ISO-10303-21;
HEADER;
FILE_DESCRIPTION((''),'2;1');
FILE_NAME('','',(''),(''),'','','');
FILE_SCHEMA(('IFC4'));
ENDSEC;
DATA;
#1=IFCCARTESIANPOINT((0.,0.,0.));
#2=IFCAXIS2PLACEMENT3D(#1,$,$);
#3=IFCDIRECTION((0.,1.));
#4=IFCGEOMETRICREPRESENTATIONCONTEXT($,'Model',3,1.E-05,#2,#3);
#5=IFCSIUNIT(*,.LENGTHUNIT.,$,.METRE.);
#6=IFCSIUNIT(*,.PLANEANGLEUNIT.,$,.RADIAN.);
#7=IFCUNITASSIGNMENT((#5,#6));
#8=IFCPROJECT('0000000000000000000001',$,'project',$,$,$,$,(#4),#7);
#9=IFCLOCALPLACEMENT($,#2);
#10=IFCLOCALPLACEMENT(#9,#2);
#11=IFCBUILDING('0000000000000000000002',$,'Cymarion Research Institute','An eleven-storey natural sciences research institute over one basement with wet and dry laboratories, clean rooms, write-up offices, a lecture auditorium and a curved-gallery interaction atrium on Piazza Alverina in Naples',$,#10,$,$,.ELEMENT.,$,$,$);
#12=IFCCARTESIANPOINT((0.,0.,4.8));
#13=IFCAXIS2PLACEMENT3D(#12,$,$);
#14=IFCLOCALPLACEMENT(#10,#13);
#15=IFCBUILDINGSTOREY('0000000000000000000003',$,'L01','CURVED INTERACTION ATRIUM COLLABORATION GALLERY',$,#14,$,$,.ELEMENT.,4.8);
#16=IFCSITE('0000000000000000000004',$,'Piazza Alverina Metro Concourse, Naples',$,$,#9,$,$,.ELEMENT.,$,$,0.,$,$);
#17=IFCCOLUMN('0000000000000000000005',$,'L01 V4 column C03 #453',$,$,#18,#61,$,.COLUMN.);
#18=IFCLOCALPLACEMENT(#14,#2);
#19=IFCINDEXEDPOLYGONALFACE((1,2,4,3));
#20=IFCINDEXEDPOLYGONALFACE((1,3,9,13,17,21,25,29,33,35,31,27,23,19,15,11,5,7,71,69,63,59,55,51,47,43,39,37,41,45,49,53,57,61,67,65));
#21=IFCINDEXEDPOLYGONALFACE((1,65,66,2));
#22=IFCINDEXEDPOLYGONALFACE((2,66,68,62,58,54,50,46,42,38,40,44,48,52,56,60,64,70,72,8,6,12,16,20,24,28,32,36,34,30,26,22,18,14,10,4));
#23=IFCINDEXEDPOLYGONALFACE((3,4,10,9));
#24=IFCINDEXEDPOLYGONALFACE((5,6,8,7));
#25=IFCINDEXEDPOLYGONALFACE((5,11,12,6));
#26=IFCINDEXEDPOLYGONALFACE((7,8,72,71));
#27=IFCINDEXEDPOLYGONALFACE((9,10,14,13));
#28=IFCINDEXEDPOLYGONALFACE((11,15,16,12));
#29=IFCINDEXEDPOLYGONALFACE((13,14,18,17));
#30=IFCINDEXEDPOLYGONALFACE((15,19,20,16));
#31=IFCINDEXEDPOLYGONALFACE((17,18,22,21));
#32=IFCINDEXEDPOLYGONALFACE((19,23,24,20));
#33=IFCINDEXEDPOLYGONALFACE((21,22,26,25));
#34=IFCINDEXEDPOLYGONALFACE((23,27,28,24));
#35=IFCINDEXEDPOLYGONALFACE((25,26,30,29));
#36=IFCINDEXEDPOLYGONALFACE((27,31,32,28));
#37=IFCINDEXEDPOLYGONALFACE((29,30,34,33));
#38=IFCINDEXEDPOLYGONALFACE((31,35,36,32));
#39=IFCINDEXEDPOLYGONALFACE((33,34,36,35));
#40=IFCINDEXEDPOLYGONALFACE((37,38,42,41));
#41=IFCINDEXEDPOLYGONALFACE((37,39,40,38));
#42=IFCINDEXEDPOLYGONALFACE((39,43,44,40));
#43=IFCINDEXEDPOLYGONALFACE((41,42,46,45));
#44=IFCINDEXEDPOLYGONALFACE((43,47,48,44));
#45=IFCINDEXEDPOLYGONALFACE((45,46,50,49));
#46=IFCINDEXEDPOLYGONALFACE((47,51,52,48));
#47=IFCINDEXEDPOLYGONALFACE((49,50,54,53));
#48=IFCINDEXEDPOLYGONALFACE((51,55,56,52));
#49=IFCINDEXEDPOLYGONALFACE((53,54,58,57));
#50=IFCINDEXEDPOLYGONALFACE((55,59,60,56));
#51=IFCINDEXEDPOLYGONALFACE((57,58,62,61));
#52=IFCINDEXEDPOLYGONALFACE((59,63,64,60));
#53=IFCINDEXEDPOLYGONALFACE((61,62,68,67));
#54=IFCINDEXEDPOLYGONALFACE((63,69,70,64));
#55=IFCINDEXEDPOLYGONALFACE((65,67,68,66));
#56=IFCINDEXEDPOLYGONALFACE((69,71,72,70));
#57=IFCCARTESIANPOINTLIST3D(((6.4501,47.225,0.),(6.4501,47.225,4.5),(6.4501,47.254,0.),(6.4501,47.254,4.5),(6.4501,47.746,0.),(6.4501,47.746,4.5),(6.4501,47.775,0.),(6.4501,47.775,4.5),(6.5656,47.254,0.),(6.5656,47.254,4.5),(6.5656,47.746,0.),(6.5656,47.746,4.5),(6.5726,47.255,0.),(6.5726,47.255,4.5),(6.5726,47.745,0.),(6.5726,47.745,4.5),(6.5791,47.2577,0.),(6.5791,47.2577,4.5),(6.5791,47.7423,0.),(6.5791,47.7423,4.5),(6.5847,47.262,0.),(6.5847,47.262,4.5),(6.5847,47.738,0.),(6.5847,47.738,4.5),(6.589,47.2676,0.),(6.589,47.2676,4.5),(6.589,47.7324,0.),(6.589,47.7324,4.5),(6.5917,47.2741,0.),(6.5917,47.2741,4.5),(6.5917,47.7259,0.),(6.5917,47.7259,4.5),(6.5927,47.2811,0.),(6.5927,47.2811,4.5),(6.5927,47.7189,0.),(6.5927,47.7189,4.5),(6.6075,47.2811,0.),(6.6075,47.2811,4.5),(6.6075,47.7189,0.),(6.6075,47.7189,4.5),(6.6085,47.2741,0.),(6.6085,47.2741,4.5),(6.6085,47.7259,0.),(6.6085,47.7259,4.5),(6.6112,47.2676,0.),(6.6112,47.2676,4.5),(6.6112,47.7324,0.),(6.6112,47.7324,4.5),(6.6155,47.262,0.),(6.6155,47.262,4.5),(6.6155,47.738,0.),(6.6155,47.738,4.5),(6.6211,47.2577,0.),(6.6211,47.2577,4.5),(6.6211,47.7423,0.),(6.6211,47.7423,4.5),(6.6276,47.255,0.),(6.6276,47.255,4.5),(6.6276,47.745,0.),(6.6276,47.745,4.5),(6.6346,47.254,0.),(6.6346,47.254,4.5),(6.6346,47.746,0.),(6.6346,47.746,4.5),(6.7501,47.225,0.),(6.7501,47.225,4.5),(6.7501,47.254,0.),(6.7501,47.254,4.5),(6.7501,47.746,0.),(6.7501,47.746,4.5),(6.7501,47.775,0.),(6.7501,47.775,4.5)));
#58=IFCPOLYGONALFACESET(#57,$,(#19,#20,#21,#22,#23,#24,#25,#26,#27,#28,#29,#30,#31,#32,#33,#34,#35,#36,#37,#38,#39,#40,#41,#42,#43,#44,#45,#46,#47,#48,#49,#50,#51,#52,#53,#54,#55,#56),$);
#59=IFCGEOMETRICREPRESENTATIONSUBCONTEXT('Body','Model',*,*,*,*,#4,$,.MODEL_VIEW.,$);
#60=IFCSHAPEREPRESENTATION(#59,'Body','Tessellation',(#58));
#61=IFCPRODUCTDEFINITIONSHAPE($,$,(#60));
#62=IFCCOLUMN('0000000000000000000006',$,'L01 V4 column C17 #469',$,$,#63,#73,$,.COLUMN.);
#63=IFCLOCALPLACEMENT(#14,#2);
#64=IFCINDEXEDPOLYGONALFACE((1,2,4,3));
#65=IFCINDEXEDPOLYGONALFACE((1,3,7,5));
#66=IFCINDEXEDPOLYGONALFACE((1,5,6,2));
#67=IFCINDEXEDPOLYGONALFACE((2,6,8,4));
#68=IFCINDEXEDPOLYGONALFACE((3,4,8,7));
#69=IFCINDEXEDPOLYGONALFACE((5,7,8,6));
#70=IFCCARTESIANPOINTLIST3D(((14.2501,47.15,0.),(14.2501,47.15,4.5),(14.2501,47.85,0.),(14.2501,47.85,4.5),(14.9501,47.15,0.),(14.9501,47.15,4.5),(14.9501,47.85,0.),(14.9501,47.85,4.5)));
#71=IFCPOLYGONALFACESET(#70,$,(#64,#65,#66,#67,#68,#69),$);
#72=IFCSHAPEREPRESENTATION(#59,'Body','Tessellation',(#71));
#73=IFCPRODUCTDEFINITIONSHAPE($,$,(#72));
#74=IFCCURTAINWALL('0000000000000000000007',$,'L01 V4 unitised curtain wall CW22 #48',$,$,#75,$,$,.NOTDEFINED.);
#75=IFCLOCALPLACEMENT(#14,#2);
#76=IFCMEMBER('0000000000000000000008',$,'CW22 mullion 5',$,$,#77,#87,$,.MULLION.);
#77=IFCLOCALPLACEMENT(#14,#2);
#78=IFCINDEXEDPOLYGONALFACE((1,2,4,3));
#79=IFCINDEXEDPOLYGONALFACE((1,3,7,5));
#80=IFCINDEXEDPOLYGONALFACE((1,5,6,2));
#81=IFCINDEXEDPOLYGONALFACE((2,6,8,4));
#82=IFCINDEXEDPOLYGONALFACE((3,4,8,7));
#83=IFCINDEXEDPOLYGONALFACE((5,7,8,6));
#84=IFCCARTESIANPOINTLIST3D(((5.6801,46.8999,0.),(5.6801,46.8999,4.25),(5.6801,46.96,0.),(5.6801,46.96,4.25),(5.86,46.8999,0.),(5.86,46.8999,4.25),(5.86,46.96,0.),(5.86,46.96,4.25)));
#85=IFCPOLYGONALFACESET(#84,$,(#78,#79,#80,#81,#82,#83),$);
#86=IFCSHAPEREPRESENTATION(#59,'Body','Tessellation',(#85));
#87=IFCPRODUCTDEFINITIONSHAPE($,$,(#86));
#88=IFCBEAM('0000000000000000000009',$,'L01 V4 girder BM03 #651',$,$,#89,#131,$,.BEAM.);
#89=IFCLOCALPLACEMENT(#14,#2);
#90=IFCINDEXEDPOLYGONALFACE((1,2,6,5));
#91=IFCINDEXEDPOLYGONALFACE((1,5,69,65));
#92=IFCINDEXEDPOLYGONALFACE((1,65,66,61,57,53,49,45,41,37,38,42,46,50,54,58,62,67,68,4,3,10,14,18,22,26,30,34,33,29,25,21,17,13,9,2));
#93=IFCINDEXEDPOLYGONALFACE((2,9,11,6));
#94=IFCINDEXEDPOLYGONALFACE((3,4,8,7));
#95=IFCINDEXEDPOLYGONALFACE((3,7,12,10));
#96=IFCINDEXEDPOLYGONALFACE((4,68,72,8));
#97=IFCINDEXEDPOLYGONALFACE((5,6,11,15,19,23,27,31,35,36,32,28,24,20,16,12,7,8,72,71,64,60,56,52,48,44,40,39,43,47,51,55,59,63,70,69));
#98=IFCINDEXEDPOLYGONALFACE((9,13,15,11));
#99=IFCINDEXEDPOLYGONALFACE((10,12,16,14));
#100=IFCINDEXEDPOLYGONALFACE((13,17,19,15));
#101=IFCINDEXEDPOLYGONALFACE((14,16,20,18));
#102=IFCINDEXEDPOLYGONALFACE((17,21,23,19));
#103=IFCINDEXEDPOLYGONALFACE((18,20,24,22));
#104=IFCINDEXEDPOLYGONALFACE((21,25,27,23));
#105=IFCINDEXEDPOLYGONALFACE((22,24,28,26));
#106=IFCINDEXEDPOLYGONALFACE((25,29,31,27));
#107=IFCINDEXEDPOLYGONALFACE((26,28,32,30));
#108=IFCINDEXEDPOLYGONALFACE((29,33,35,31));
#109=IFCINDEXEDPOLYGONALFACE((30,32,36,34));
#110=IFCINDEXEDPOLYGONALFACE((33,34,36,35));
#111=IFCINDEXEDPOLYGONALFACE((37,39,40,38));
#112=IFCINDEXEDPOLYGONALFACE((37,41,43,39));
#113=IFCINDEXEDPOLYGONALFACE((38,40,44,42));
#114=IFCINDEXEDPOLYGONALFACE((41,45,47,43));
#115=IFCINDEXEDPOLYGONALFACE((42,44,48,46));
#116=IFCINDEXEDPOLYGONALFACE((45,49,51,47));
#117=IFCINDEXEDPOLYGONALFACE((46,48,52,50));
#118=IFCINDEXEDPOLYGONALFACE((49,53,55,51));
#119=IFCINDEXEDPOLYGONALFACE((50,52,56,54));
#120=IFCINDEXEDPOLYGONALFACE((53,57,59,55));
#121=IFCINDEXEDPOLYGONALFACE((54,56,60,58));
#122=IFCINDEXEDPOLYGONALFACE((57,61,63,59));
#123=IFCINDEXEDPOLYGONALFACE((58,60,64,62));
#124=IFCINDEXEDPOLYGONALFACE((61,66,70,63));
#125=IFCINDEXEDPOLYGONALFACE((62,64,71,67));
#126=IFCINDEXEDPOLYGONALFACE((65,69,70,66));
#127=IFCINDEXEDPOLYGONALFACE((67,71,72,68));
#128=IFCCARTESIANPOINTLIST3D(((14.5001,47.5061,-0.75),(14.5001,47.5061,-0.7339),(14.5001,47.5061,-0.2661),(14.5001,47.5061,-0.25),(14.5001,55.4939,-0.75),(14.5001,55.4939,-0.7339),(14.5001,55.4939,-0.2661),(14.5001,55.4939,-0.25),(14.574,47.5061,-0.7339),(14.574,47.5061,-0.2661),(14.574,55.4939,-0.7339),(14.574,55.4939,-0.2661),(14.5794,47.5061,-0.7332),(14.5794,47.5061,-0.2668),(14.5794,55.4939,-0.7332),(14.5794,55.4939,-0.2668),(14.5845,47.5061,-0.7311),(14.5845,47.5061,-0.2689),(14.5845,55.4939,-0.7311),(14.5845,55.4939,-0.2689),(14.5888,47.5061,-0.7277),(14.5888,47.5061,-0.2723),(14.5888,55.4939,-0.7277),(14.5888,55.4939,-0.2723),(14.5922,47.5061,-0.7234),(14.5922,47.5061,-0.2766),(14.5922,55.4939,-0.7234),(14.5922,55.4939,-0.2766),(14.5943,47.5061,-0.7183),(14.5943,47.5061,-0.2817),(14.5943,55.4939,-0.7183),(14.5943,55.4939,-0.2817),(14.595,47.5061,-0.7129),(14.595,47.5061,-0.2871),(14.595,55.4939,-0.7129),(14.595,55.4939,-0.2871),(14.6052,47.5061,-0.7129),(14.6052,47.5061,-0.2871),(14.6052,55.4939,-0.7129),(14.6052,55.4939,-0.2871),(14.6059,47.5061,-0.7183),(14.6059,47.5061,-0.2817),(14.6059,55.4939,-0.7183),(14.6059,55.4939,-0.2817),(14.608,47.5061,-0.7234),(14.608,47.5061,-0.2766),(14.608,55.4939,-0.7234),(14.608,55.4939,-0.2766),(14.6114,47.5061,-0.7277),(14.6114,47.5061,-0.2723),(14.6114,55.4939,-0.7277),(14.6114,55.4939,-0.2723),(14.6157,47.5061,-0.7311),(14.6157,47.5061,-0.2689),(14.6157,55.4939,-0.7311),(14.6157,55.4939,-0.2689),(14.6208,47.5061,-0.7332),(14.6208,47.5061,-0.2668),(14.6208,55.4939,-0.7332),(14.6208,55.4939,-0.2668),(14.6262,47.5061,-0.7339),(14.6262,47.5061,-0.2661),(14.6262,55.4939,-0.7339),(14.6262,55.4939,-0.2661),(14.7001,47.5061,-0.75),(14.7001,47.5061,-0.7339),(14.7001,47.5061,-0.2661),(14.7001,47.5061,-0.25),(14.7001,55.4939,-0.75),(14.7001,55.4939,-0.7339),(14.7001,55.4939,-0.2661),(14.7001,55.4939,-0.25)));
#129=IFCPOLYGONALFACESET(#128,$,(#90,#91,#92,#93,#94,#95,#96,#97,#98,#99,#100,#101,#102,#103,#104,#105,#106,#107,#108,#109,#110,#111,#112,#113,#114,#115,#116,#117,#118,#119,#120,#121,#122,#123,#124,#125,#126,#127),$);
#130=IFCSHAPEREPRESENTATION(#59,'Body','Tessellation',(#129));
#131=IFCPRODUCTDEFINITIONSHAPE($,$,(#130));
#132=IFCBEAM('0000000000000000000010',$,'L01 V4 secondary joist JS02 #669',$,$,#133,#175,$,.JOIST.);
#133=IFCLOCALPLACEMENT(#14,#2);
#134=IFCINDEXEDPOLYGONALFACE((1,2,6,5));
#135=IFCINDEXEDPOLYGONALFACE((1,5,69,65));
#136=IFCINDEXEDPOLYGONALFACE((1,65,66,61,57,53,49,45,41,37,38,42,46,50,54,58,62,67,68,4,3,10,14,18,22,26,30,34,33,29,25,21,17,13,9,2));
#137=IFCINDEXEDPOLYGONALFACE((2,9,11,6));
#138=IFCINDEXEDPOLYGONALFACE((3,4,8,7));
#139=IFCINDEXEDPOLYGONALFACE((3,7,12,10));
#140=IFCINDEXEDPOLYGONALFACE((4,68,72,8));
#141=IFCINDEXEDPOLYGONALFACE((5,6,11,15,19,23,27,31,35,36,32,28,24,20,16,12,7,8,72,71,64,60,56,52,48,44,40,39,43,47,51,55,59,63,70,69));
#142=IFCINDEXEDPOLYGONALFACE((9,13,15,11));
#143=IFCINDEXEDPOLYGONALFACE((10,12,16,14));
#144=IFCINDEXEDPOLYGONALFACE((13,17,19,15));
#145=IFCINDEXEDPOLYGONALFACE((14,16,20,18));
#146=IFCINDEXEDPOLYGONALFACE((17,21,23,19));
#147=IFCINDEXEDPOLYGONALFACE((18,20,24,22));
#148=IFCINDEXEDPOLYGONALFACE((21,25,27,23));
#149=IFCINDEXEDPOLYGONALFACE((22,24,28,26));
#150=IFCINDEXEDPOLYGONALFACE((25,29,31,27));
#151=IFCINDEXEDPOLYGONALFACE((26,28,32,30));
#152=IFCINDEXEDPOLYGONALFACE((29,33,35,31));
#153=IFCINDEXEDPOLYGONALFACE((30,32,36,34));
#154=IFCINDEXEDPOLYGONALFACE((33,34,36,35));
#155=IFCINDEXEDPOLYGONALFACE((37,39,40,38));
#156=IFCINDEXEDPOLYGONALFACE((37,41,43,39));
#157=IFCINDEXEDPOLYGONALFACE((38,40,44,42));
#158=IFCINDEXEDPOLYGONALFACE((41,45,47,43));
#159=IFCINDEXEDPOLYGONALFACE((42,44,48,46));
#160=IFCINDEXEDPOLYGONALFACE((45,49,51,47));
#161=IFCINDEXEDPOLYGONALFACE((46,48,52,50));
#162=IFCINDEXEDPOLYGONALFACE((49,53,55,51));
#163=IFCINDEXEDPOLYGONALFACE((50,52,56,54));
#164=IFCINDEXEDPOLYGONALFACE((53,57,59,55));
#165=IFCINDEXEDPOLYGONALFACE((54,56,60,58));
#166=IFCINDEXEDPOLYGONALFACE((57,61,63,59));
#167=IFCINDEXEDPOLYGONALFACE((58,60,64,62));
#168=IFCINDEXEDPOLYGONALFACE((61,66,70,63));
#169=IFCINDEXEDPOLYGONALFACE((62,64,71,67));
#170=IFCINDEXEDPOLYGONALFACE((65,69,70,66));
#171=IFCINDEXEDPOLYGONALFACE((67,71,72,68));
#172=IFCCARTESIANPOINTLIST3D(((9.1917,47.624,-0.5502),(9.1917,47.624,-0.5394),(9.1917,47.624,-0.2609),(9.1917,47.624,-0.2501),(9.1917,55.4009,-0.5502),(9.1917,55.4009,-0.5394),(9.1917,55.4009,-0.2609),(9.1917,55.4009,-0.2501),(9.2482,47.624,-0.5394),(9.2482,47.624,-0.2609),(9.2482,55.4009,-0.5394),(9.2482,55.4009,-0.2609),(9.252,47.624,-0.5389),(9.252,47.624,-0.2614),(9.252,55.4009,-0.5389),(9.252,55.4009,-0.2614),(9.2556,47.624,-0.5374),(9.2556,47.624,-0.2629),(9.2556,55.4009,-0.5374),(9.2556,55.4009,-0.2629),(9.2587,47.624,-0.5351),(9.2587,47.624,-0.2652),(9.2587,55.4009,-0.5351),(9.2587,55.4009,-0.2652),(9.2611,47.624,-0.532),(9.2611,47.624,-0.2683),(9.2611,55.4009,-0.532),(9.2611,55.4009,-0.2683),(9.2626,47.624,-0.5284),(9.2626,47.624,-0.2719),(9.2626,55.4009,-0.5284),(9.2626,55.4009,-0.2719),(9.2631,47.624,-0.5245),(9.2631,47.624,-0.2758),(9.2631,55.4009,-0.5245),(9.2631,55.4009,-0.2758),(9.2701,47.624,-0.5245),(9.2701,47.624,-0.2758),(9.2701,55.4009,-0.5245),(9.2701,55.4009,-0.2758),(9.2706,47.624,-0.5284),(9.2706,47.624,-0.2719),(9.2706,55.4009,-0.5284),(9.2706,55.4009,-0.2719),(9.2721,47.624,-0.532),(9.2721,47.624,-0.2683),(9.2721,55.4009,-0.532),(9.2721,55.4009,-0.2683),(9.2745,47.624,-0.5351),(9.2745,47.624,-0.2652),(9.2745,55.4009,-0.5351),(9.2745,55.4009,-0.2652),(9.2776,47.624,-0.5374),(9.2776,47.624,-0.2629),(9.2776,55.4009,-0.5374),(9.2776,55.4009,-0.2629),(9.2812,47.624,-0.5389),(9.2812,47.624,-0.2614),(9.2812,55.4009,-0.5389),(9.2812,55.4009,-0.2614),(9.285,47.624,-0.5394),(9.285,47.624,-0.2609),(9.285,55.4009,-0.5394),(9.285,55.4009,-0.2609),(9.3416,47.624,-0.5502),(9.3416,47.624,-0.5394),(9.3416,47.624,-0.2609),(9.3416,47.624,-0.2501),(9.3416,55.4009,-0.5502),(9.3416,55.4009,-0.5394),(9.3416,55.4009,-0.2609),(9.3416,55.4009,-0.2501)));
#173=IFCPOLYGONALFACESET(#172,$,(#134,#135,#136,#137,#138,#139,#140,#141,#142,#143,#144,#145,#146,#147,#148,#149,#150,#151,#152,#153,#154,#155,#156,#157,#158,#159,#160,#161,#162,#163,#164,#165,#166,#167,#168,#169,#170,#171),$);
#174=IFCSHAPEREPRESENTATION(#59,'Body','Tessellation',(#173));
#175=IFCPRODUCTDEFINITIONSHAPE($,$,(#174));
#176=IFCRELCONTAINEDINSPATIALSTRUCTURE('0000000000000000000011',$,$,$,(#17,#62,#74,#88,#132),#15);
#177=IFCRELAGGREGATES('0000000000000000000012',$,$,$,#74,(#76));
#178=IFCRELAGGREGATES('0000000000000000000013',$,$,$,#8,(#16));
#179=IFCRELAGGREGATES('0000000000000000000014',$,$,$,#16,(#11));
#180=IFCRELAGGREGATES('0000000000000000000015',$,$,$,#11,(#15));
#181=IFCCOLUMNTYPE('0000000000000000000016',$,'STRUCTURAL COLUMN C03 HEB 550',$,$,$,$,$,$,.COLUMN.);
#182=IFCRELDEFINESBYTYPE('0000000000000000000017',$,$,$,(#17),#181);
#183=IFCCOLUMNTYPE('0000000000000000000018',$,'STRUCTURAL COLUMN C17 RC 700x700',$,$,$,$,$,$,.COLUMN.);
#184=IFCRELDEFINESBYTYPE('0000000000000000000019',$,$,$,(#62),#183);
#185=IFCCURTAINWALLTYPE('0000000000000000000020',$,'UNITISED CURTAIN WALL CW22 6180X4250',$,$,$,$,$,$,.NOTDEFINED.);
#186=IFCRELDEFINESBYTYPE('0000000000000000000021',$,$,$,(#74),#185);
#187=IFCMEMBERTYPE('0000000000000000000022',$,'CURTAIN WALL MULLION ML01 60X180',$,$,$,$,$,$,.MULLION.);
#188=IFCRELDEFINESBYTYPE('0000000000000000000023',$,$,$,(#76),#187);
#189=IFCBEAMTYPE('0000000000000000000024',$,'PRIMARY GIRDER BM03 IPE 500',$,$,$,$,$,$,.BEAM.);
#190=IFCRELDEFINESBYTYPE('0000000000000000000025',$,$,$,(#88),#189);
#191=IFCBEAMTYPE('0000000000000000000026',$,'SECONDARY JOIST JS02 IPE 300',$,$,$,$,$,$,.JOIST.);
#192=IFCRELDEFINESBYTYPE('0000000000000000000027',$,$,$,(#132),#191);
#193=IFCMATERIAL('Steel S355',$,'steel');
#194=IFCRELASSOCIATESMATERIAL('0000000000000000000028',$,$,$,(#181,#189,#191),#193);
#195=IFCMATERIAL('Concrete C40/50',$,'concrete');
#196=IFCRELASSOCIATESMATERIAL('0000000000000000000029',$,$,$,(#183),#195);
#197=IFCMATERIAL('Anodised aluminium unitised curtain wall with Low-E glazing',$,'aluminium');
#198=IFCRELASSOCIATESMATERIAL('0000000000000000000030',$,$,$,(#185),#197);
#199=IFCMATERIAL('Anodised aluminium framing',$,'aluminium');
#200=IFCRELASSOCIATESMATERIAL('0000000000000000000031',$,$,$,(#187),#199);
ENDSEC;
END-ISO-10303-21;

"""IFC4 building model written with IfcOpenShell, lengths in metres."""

from ifc_helpers import new_model, si_unit, direction, frame, origin, origin_2d, place, context, subcontext, project, spatial, rectangle, i_section, extrude, material, material_profile, profile_set, type_object, element, aggregate, save


model = new_model("IFC4")

# Units and contexts
model_context = context("Model", 3, precision=1e-05, world=origin(), true_north=direction((0.0, 1.0)))
body_context = subcontext(model_context, "Body", "Model", "MODEL_VIEW")
ifc_project = project(units=[si_unit("LENGTHUNIT", "METRE"), si_unit("PLANEANGLEUNIT", "RADIAN")], contexts=[model_context])

# Site, building, storey
site_placement = place(None, origin())
site = spatial("IfcSite", under=ifc_project, at=site_placement, Name="Piazza Alverina Metro Concourse, Naples", CompositionType="ELEMENT", RefElevation=0.0)
building_placement = place(site_placement, origin())
building = spatial("IfcBuilding", under=site, at=building_placement, Name="Cymarion Research Institute", Description="An eleven-storey natural sciences research institute over one basement with wet and dry laboratories, clean rooms, write-up offices, a lecture auditorium and a curved-gallery interaction atrium on Piazza Alverina in Naples", CompositionType="ELEMENT")
storey_placement = place(building_placement, frame((0.0, 0.0, 4.8)))
storey = spatial("IfcBuildingStorey", under=building, at=storey_placement, Name="L01", Description="CURVED INTERACTION ATRIUM COLLABORATION GALLERY", CompositionType="ELEMENT", Elevation=4.8)

# Columns
ifc_material_1 = material(Name="Steel S355", Category="steel")
ifc_material_profile_1 = material_profile(ifc_material_1, i_section(OverallWidth=0.3, OverallDepth=0.55, WebThickness=0.0149, FlangeThickness=0.0291, FilletRadius=0.0271, at=origin_2d()), Name="HEB 550")
ifc_profile_set_1 = profile_set([ifc_material_profile_1], Name="Steel S355")
column_type_1 = type_object("IfcColumnType", Name="STRUCTURAL COLUMN C03 HEB 550", PredefinedType="COLUMN", material=ifc_profile_set_1)
column_1_placement = place(storey_placement, frame((6.6001, 47.5, 0.0), z_axis=(0.0, 0.0, 1.0), x_axis=(1.0, 0.0, 0.0)))
element("IfcColumn", 1, at=column_1_placement, inside=storey, type_object=column_type_1, Name="L01 V4 column C03 #453", PredefinedType="COLUMN", context=body_context, shape_type="SweptSolid", body=[
    extrude(i_section(OverallWidth=0.3, OverallDepth=0.55, WebThickness=0.0149, FlangeThickness=0.0291, FilletRadius=0.0271, at=origin_2d()), origin(), (0.0, 0.0, 1.0), 4.5),
])
ifc_material_2 = material(Name="Concrete C40/50", Category="concrete")
ifc_material_profile_2 = material_profile(ifc_material_2, rectangle(XDim=0.7, YDim=0.7, at=origin_2d()), Name="RC 700x700")
ifc_profile_set_2 = profile_set([ifc_material_profile_2], Name="Concrete C40/50")
column_type_2 = type_object("IfcColumnType", Name="STRUCTURAL COLUMN C17 RC 700x700", PredefinedType="COLUMN", material=ifc_profile_set_2)
column_2_placement = place(storey_placement, frame((14.6001, 47.5, 0.0), z_axis=(0.0, 0.0, 1.0), x_axis=(1.0, 0.0, 0.0)))
element("IfcColumn", 2, at=column_2_placement, inside=storey, type_object=column_type_2, Name="L01 V4 column C17 #469", PredefinedType="COLUMN", context=body_context, shape_type="SweptSolid", body=[
    extrude(rectangle(XDim=0.7, YDim=0.7, at=origin_2d()), origin(), (0.0, 0.0, 1.0), 4.5),
])

# Curtain wall, member
ifc_material_3 = material(Name="Anodised aluminium unitised curtain wall with Low-E glazing", Category="aluminium")
curtain_wall_type = type_object("IfcCurtainWallType", Name="UNITISED CURTAIN WALL CW22 6180X4250", PredefinedType="NOTDEFINED", material=ifc_material_3)
curtain_wall_placement = place(storey_placement, origin())
curtain_wall = element("IfcCurtainWall", 3, at=curtain_wall_placement, inside=storey, type_object=curtain_wall_type, Name="L01 V4 unitised curtain wall CW22 #48", PredefinedType="NOTDEFINED")
ifc_material_4 = material(Name="Anodised aluminium framing", Category="aluminium")
ifc_material_profile_3 = material_profile(ifc_material_4, rectangle(XDim=0.0601, YDim=0.1799, at=origin_2d()), Name="ALU MULLION 60x180")
ifc_profile_set_3 = profile_set([ifc_material_profile_3], Name="Anodised aluminium framing")
member_type_1 = type_object("IfcMemberType", Name="CURTAIN WALL MULLION ML01 60X180", PredefinedType="MULLION", material=ifc_profile_set_3)
member_1_placement = place(storey_placement, frame((5.77, 46.9299, 0.0), z_axis=(0.0, 0.0, 1.0), x_axis=(0.0, -1.0, 0.0)))
member_1 = element("IfcMember", 4, at=member_1_placement, type_object=member_type_1, Name="CW22 mullion 5", PredefinedType="MULLION", context=body_context, shape_type="SweptSolid", body=[
    extrude(rectangle(XDim=0.0601, YDim=0.1799, at=origin_2d()), origin(), (0.0, 0.0, 1.0), 4.25),
])
aggregate(curtain_wall, [member_1])

# Beams
ifc_material_profile_4 = material_profile(ifc_material_1, i_section(OverallWidth=0.2, OverallDepth=0.5, WebThickness=0.0103, FlangeThickness=0.0161, FilletRadius=0.021, at=origin_2d()), Name="IPE 500")
ifc_profile_set_4 = profile_set([ifc_material_profile_4], Name="Steel S355")
beam_type_1 = type_object("IfcBeamType", Name="PRIMARY GIRDER BM03 IPE 500", PredefinedType="BEAM", material=ifc_profile_set_4)
beam_1_placement = place(storey_placement, frame((14.6001, 47.5061, -0.5), z_axis=(0.0, 1.0, 0.0), x_axis=(-1.0, 0.0, 0.0)))
element("IfcBeam", 5, at=beam_1_placement, inside=storey, type_object=beam_type_1, Name="L01 V4 girder BM03 #651", PredefinedType="BEAM", context=body_context, shape_type="SweptSolid", body=[
    extrude(i_section(OverallWidth=0.2, OverallDepth=0.5, WebThickness=0.0103, FlangeThickness=0.0161, FilletRadius=0.021, at=origin_2d()), origin(), (0.0, 0.0, 1.0), 7.9878),
])
ifc_material_profile_5 = material_profile(ifc_material_1, i_section(OverallWidth=0.1499, OverallDepth=0.3, WebThickness=0.0071, FlangeThickness=0.0107, FilletRadius=0.0149, at=origin_2d()), Name="IPE 300")
ifc_profile_set_5 = profile_set([ifc_material_profile_5], Name="Steel S355")
beam_type_2 = type_object("IfcBeamType", Name="SECONDARY JOIST JS02 IPE 300", PredefinedType="JOIST", material=ifc_profile_set_5)
for number, where, z_axis, x_axis, name in (
    (6, (9.2666, 47.624, -0.4001), (0.0, 1.0, 0.0), (-1.0, 0.0, 0.0), "L01 V4 secondary joist JS02 #669"),
):
    element("IfcBeam", number, at=place(storey_placement, frame(where, z_axis=z_axis, x_axis=x_axis)), inside=storey, type_object=beam_type_2, Name=name, PredefinedType="JOIST", context=body_context, shape_type="SweptSolid", body=[
        extrude(i_section(OverallWidth=0.1499, OverallDepth=0.3, WebThickness=0.0071, FlangeThickness=0.0107, FilletRadius=0.0149, at=origin_2d()), origin(), (0.0, 0.0, 1.0), 7.7769),
    ])

save(model, "model.ifc")
